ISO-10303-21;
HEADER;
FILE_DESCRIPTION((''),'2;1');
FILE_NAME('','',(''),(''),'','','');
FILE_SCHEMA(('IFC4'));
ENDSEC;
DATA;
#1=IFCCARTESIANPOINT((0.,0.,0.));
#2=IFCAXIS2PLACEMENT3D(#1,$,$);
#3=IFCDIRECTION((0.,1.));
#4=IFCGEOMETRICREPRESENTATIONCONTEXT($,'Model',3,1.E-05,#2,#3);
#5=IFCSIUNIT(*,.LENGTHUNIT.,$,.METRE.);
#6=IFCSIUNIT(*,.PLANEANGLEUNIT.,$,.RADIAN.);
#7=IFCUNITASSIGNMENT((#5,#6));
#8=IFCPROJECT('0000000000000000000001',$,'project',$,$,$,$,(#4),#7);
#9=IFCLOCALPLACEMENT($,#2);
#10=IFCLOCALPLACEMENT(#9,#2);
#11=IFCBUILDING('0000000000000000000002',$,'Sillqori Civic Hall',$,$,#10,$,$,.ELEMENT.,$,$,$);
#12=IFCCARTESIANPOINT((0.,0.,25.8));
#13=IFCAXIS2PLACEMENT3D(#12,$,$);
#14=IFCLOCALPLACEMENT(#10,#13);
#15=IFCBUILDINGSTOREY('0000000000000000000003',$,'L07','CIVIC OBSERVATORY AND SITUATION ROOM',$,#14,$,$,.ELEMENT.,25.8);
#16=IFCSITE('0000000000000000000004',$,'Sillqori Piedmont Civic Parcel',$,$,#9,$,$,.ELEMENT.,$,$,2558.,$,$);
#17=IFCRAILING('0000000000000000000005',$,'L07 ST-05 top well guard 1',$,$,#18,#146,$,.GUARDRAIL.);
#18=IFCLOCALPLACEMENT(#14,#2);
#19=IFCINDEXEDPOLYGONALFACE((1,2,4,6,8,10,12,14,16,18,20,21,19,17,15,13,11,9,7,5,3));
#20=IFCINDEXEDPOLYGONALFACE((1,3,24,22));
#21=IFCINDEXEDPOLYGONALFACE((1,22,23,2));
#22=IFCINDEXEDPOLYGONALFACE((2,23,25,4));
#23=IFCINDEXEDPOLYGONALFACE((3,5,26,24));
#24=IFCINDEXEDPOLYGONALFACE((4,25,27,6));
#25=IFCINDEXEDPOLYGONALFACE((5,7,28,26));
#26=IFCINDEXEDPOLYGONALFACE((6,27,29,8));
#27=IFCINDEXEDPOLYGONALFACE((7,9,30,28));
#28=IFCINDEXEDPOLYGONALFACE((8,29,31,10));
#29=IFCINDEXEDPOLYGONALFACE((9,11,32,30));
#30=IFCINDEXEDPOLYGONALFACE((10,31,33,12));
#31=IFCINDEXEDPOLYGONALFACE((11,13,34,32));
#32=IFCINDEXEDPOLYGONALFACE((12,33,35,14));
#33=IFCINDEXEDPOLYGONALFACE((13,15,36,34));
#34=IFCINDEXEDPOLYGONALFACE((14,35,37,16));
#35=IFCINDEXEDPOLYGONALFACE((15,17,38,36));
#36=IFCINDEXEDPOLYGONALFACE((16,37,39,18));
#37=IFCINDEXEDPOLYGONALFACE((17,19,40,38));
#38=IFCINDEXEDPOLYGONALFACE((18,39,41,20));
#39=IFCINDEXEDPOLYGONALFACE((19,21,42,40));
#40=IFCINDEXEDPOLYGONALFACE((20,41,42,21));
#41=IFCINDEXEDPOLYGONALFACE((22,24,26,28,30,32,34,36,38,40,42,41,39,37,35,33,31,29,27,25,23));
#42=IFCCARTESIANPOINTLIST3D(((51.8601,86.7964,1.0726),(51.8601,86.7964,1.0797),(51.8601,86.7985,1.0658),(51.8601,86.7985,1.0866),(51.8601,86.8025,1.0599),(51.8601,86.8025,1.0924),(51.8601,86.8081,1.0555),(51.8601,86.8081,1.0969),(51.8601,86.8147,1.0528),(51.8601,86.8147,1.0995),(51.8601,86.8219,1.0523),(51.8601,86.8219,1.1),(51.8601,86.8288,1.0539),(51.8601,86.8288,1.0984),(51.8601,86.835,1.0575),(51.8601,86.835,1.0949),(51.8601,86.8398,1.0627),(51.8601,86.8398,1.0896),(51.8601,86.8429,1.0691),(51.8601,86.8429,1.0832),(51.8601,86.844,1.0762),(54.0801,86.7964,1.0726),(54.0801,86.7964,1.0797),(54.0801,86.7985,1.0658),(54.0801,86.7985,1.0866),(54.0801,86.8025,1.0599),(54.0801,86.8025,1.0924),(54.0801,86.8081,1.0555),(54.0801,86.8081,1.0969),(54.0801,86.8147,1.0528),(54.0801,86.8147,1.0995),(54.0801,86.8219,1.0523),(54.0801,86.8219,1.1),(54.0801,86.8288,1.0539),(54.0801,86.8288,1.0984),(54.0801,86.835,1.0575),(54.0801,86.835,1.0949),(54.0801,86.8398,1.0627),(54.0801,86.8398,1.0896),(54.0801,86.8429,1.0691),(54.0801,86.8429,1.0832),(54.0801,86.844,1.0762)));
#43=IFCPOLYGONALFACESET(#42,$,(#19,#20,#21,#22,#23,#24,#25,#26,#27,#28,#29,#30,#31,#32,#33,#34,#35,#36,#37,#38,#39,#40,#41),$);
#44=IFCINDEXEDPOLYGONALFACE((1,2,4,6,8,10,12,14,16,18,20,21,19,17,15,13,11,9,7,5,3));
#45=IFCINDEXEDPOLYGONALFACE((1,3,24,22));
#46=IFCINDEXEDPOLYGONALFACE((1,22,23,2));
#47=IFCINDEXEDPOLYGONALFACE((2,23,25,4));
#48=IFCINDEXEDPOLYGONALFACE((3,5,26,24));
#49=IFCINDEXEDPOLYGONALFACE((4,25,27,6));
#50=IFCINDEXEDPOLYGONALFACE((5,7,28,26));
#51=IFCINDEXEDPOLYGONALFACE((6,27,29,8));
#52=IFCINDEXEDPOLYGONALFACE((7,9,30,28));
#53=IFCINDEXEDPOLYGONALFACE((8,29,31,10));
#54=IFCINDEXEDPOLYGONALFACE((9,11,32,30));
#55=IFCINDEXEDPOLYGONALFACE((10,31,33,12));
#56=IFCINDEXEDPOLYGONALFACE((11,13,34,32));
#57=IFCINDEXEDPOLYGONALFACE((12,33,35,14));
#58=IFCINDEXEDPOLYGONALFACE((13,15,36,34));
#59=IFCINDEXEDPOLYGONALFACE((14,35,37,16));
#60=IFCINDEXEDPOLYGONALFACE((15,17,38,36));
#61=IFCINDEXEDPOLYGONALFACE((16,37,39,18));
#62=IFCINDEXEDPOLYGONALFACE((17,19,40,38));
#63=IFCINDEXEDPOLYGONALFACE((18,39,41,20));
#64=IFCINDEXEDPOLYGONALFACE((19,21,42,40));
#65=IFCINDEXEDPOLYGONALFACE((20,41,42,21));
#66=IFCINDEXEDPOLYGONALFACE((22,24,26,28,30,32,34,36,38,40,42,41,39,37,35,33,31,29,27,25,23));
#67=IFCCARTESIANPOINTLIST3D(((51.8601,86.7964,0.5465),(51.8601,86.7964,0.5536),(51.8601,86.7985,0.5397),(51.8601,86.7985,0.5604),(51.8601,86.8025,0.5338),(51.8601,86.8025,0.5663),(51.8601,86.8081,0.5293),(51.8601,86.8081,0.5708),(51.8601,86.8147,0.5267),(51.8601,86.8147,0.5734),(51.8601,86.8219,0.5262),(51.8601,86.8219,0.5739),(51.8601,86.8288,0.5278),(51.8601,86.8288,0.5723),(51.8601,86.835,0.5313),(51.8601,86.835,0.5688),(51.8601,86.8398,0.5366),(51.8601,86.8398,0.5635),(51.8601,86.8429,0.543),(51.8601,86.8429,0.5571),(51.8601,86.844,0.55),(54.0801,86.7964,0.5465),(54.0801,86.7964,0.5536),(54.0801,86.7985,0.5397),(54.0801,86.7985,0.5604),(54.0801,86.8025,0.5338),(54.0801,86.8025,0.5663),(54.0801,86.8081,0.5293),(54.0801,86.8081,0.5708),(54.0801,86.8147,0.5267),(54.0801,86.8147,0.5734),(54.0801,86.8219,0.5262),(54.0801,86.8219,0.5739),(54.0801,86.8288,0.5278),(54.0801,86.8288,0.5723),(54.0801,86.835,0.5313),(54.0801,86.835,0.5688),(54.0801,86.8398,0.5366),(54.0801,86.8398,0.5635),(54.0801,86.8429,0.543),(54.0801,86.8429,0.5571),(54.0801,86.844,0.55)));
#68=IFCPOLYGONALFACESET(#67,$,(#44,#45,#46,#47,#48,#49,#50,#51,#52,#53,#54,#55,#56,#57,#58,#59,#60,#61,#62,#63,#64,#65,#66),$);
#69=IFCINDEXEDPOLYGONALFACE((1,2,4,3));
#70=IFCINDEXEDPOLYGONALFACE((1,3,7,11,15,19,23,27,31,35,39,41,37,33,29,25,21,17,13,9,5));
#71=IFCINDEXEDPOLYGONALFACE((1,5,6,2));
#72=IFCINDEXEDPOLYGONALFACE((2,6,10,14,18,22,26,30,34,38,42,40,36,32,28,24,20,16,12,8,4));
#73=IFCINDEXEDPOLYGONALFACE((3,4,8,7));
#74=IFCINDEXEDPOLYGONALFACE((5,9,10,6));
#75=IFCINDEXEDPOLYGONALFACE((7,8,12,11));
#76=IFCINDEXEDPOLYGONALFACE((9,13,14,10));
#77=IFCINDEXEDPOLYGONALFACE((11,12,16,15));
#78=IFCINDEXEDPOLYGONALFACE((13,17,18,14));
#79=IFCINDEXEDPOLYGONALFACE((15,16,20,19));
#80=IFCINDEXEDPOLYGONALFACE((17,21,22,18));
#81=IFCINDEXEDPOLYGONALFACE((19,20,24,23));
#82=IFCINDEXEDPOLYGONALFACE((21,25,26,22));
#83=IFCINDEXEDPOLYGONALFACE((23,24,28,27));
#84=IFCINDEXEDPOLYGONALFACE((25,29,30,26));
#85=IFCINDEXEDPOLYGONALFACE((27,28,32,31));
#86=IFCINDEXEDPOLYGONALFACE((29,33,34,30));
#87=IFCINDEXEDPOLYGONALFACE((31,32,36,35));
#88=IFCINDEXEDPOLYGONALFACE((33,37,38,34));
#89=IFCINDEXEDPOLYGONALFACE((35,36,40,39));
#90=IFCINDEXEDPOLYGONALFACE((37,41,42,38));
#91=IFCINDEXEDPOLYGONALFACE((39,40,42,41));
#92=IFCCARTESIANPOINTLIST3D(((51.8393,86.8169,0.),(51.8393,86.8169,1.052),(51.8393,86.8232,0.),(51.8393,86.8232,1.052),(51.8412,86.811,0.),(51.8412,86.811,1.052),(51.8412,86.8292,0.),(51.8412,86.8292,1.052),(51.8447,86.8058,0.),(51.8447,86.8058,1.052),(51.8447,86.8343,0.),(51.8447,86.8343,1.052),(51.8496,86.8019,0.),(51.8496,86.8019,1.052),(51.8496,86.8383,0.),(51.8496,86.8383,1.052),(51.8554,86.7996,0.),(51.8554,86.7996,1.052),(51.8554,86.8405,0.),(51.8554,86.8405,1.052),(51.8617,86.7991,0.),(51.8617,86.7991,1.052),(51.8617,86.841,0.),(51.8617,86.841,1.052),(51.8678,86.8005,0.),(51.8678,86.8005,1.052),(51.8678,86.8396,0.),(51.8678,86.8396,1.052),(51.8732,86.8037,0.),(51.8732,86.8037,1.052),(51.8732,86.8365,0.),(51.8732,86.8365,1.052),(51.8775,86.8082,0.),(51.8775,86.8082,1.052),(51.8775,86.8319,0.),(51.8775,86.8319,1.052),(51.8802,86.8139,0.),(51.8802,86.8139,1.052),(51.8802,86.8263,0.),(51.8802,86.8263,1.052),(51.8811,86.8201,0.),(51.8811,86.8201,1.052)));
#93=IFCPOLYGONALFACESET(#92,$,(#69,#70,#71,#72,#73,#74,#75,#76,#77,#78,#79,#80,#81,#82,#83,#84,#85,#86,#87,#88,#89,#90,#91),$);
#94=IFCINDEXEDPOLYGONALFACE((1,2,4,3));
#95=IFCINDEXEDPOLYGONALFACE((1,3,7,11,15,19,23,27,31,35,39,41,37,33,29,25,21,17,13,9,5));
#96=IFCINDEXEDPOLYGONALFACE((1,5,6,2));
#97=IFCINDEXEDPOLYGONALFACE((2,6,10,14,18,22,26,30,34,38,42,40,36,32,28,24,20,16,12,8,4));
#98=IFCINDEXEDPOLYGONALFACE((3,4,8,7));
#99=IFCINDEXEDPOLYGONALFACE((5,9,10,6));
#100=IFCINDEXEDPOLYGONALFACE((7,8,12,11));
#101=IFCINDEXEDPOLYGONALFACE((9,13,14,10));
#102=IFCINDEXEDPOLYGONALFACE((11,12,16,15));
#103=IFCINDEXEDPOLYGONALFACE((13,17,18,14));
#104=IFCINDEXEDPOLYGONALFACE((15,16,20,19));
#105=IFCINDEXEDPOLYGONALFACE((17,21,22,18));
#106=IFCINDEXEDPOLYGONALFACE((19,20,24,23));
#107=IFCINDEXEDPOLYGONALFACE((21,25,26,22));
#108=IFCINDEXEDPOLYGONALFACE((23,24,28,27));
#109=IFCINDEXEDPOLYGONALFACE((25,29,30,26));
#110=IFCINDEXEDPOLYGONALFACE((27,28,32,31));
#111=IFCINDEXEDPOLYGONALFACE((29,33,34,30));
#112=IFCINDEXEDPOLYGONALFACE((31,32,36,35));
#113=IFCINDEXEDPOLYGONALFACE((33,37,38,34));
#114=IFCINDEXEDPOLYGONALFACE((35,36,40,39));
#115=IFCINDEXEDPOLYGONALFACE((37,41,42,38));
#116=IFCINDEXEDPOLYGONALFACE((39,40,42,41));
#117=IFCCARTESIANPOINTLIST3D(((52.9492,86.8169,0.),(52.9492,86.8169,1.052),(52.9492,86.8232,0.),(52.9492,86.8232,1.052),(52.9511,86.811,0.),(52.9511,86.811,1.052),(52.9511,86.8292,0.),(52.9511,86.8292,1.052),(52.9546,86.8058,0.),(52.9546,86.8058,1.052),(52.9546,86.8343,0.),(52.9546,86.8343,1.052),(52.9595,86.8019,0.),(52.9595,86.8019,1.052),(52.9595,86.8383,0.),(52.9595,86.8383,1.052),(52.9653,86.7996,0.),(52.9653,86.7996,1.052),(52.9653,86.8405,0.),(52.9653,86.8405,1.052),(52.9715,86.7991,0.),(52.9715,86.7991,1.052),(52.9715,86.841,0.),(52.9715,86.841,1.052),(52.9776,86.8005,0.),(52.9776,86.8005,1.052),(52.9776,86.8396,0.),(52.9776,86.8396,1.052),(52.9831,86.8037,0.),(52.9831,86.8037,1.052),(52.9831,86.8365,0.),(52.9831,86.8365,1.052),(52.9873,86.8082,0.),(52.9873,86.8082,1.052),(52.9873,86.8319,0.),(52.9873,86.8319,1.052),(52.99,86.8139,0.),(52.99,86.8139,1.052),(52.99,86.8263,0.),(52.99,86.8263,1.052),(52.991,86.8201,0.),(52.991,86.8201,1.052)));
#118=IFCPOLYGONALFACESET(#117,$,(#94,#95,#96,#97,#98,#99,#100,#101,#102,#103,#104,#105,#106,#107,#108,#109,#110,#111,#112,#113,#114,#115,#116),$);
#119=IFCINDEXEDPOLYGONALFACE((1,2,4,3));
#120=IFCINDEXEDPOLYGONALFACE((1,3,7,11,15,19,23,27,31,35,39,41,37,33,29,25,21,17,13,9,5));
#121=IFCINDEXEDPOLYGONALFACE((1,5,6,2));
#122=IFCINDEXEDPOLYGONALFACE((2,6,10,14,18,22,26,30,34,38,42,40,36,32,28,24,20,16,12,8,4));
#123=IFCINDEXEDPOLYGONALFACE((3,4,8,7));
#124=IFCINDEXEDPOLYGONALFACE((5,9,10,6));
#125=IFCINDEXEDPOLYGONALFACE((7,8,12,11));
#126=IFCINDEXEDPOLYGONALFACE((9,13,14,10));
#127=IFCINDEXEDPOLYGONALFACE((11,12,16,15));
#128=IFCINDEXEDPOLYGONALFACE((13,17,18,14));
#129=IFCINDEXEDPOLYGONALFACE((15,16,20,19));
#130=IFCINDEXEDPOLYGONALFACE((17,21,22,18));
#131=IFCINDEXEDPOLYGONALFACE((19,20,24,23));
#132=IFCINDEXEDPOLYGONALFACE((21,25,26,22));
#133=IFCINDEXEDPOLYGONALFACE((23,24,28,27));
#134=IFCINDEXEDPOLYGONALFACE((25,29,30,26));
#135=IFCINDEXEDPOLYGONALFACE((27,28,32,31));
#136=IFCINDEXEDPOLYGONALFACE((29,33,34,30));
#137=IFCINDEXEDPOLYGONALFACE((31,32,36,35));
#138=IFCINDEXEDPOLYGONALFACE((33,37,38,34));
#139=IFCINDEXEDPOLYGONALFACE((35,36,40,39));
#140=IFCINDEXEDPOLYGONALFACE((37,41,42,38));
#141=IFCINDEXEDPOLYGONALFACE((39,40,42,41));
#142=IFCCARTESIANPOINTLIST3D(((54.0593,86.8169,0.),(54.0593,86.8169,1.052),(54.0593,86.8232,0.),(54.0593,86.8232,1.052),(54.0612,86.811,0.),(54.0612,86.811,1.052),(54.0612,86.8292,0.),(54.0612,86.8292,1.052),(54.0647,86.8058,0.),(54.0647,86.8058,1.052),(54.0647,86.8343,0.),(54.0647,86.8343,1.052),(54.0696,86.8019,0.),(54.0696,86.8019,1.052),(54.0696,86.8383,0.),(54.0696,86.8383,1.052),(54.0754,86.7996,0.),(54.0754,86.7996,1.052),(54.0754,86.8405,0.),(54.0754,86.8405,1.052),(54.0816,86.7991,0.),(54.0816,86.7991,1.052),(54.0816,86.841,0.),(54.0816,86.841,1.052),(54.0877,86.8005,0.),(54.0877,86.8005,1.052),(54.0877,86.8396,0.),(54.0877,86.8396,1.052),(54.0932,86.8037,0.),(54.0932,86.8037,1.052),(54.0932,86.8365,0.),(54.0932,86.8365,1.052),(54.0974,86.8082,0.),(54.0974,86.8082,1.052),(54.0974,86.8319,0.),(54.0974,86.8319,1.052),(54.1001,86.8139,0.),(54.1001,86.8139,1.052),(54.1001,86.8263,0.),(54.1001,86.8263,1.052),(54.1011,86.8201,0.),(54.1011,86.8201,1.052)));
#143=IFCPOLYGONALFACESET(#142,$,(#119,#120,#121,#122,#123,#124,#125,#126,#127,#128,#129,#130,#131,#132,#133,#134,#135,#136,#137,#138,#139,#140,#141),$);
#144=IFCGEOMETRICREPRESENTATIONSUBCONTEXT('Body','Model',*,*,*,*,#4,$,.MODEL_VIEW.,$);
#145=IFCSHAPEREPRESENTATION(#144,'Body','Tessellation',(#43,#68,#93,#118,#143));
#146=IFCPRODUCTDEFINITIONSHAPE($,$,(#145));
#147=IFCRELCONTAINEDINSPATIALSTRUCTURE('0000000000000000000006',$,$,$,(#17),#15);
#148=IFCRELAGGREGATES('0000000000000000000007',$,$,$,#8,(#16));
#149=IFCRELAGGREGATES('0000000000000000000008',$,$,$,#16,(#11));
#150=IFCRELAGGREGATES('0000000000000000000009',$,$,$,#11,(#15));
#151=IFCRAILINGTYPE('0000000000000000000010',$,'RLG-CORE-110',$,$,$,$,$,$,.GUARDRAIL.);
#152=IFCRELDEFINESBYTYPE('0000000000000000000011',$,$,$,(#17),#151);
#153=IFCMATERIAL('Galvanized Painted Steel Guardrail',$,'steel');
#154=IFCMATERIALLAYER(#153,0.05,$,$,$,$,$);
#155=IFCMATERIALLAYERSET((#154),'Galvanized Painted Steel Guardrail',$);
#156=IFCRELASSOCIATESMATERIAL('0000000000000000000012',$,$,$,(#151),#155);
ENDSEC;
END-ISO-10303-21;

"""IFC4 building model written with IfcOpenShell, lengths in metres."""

from ifc_helpers import new_model, si_unit, direction, frame, origin, origin_2d, place, context, subcontext, project, spatial, circle, extrude, material, layer, layer_set, type_object, element, save


model = new_model("IFC4")

# Units and contexts
model_context = context("Model", 3, precision=1e-05, world=origin(), true_north=direction((0.0, 1.0)))
body_context = subcontext(model_context, "Body", "Model", "MODEL_VIEW")
ifc_project = project(units=[si_unit("LENGTHUNIT", "METRE"), si_unit("PLANEANGLEUNIT", "RADIAN")], contexts=[model_context])

# Site, building, storey
site_placement = place(None, origin())
site = spatial("IfcSite", under=ifc_project, at=site_placement, Name="Sillqori Piedmont Civic Parcel", CompositionType="ELEMENT", RefElevation=2558.0)
building_placement = place(site_placement, origin())
building = spatial("IfcBuilding", under=site, at=building_placement, Name="Sillqori Civic Hall", CompositionType="ELEMENT")
storey_placement = place(building_placement, frame((0.0, 0.0, 25.8)))
storey = spatial("IfcBuildingStorey", under=building, at=storey_placement, Name="L07", Description="CIVIC OBSERVATORY AND SITUATION ROOM", CompositionType="ELEMENT", Elevation=25.8)

# Railing
ifc_material_1 = material(Name="Galvanized Painted Steel Guardrail", Category="steel")
ifc_layer_1 = layer(ifc_material_1, 0.05)
ifc_layer_set_1 = layer_set([ifc_layer_1], Name="Galvanized Painted Steel Guardrail")
railing_type = type_object("IfcRailingType", Name="RLG-CORE-110", PredefinedType="GUARDRAIL", material=ifc_layer_set_1)
railing_placement = place(storey_placement, frame((51.8601, 86.8201, 0.0)))
element("IfcRailing", 1, at=railing_placement, inside=storey, type_object=railing_type, Name="L07 ST-05 top well guard 1", PredefinedType="GUARDRAIL", context=body_context, shape_type="SweptSolid", body=[
    extrude(circle(Radius=0.0239, at=origin_2d()), frame((0.0, 0.0, 1.0762), z_axis=(1.0, 0.0, 0.0), x_axis=(0.0, 1.0, 0.0)), (0.0, 0.0, 1.0), 2.22),
    extrude(circle(Radius=0.0239, at=origin_2d()), frame((0.0, 0.0, 0.55), z_axis=(1.0, 0.0, 0.0), x_axis=(0.0, 1.0, 0.0)), (0.0, 0.0, 1.0), 2.22),
    extrude(circle(Radius=0.021, at=origin_2d()), origin(), (0.0, 0.0, 1.0), 1.052),
    extrude(circle(Radius=0.021, at=origin_2d()), frame((1.1099, 0.0, 0.0)), (0.0, 0.0, 1.0), 1.052),
    extrude(circle(Radius=0.021, at=origin_2d()), frame((2.22, 0.0, 0.0)), (0.0, 0.0, 1.0), 1.052),
])

save(model, "model.ifc")
